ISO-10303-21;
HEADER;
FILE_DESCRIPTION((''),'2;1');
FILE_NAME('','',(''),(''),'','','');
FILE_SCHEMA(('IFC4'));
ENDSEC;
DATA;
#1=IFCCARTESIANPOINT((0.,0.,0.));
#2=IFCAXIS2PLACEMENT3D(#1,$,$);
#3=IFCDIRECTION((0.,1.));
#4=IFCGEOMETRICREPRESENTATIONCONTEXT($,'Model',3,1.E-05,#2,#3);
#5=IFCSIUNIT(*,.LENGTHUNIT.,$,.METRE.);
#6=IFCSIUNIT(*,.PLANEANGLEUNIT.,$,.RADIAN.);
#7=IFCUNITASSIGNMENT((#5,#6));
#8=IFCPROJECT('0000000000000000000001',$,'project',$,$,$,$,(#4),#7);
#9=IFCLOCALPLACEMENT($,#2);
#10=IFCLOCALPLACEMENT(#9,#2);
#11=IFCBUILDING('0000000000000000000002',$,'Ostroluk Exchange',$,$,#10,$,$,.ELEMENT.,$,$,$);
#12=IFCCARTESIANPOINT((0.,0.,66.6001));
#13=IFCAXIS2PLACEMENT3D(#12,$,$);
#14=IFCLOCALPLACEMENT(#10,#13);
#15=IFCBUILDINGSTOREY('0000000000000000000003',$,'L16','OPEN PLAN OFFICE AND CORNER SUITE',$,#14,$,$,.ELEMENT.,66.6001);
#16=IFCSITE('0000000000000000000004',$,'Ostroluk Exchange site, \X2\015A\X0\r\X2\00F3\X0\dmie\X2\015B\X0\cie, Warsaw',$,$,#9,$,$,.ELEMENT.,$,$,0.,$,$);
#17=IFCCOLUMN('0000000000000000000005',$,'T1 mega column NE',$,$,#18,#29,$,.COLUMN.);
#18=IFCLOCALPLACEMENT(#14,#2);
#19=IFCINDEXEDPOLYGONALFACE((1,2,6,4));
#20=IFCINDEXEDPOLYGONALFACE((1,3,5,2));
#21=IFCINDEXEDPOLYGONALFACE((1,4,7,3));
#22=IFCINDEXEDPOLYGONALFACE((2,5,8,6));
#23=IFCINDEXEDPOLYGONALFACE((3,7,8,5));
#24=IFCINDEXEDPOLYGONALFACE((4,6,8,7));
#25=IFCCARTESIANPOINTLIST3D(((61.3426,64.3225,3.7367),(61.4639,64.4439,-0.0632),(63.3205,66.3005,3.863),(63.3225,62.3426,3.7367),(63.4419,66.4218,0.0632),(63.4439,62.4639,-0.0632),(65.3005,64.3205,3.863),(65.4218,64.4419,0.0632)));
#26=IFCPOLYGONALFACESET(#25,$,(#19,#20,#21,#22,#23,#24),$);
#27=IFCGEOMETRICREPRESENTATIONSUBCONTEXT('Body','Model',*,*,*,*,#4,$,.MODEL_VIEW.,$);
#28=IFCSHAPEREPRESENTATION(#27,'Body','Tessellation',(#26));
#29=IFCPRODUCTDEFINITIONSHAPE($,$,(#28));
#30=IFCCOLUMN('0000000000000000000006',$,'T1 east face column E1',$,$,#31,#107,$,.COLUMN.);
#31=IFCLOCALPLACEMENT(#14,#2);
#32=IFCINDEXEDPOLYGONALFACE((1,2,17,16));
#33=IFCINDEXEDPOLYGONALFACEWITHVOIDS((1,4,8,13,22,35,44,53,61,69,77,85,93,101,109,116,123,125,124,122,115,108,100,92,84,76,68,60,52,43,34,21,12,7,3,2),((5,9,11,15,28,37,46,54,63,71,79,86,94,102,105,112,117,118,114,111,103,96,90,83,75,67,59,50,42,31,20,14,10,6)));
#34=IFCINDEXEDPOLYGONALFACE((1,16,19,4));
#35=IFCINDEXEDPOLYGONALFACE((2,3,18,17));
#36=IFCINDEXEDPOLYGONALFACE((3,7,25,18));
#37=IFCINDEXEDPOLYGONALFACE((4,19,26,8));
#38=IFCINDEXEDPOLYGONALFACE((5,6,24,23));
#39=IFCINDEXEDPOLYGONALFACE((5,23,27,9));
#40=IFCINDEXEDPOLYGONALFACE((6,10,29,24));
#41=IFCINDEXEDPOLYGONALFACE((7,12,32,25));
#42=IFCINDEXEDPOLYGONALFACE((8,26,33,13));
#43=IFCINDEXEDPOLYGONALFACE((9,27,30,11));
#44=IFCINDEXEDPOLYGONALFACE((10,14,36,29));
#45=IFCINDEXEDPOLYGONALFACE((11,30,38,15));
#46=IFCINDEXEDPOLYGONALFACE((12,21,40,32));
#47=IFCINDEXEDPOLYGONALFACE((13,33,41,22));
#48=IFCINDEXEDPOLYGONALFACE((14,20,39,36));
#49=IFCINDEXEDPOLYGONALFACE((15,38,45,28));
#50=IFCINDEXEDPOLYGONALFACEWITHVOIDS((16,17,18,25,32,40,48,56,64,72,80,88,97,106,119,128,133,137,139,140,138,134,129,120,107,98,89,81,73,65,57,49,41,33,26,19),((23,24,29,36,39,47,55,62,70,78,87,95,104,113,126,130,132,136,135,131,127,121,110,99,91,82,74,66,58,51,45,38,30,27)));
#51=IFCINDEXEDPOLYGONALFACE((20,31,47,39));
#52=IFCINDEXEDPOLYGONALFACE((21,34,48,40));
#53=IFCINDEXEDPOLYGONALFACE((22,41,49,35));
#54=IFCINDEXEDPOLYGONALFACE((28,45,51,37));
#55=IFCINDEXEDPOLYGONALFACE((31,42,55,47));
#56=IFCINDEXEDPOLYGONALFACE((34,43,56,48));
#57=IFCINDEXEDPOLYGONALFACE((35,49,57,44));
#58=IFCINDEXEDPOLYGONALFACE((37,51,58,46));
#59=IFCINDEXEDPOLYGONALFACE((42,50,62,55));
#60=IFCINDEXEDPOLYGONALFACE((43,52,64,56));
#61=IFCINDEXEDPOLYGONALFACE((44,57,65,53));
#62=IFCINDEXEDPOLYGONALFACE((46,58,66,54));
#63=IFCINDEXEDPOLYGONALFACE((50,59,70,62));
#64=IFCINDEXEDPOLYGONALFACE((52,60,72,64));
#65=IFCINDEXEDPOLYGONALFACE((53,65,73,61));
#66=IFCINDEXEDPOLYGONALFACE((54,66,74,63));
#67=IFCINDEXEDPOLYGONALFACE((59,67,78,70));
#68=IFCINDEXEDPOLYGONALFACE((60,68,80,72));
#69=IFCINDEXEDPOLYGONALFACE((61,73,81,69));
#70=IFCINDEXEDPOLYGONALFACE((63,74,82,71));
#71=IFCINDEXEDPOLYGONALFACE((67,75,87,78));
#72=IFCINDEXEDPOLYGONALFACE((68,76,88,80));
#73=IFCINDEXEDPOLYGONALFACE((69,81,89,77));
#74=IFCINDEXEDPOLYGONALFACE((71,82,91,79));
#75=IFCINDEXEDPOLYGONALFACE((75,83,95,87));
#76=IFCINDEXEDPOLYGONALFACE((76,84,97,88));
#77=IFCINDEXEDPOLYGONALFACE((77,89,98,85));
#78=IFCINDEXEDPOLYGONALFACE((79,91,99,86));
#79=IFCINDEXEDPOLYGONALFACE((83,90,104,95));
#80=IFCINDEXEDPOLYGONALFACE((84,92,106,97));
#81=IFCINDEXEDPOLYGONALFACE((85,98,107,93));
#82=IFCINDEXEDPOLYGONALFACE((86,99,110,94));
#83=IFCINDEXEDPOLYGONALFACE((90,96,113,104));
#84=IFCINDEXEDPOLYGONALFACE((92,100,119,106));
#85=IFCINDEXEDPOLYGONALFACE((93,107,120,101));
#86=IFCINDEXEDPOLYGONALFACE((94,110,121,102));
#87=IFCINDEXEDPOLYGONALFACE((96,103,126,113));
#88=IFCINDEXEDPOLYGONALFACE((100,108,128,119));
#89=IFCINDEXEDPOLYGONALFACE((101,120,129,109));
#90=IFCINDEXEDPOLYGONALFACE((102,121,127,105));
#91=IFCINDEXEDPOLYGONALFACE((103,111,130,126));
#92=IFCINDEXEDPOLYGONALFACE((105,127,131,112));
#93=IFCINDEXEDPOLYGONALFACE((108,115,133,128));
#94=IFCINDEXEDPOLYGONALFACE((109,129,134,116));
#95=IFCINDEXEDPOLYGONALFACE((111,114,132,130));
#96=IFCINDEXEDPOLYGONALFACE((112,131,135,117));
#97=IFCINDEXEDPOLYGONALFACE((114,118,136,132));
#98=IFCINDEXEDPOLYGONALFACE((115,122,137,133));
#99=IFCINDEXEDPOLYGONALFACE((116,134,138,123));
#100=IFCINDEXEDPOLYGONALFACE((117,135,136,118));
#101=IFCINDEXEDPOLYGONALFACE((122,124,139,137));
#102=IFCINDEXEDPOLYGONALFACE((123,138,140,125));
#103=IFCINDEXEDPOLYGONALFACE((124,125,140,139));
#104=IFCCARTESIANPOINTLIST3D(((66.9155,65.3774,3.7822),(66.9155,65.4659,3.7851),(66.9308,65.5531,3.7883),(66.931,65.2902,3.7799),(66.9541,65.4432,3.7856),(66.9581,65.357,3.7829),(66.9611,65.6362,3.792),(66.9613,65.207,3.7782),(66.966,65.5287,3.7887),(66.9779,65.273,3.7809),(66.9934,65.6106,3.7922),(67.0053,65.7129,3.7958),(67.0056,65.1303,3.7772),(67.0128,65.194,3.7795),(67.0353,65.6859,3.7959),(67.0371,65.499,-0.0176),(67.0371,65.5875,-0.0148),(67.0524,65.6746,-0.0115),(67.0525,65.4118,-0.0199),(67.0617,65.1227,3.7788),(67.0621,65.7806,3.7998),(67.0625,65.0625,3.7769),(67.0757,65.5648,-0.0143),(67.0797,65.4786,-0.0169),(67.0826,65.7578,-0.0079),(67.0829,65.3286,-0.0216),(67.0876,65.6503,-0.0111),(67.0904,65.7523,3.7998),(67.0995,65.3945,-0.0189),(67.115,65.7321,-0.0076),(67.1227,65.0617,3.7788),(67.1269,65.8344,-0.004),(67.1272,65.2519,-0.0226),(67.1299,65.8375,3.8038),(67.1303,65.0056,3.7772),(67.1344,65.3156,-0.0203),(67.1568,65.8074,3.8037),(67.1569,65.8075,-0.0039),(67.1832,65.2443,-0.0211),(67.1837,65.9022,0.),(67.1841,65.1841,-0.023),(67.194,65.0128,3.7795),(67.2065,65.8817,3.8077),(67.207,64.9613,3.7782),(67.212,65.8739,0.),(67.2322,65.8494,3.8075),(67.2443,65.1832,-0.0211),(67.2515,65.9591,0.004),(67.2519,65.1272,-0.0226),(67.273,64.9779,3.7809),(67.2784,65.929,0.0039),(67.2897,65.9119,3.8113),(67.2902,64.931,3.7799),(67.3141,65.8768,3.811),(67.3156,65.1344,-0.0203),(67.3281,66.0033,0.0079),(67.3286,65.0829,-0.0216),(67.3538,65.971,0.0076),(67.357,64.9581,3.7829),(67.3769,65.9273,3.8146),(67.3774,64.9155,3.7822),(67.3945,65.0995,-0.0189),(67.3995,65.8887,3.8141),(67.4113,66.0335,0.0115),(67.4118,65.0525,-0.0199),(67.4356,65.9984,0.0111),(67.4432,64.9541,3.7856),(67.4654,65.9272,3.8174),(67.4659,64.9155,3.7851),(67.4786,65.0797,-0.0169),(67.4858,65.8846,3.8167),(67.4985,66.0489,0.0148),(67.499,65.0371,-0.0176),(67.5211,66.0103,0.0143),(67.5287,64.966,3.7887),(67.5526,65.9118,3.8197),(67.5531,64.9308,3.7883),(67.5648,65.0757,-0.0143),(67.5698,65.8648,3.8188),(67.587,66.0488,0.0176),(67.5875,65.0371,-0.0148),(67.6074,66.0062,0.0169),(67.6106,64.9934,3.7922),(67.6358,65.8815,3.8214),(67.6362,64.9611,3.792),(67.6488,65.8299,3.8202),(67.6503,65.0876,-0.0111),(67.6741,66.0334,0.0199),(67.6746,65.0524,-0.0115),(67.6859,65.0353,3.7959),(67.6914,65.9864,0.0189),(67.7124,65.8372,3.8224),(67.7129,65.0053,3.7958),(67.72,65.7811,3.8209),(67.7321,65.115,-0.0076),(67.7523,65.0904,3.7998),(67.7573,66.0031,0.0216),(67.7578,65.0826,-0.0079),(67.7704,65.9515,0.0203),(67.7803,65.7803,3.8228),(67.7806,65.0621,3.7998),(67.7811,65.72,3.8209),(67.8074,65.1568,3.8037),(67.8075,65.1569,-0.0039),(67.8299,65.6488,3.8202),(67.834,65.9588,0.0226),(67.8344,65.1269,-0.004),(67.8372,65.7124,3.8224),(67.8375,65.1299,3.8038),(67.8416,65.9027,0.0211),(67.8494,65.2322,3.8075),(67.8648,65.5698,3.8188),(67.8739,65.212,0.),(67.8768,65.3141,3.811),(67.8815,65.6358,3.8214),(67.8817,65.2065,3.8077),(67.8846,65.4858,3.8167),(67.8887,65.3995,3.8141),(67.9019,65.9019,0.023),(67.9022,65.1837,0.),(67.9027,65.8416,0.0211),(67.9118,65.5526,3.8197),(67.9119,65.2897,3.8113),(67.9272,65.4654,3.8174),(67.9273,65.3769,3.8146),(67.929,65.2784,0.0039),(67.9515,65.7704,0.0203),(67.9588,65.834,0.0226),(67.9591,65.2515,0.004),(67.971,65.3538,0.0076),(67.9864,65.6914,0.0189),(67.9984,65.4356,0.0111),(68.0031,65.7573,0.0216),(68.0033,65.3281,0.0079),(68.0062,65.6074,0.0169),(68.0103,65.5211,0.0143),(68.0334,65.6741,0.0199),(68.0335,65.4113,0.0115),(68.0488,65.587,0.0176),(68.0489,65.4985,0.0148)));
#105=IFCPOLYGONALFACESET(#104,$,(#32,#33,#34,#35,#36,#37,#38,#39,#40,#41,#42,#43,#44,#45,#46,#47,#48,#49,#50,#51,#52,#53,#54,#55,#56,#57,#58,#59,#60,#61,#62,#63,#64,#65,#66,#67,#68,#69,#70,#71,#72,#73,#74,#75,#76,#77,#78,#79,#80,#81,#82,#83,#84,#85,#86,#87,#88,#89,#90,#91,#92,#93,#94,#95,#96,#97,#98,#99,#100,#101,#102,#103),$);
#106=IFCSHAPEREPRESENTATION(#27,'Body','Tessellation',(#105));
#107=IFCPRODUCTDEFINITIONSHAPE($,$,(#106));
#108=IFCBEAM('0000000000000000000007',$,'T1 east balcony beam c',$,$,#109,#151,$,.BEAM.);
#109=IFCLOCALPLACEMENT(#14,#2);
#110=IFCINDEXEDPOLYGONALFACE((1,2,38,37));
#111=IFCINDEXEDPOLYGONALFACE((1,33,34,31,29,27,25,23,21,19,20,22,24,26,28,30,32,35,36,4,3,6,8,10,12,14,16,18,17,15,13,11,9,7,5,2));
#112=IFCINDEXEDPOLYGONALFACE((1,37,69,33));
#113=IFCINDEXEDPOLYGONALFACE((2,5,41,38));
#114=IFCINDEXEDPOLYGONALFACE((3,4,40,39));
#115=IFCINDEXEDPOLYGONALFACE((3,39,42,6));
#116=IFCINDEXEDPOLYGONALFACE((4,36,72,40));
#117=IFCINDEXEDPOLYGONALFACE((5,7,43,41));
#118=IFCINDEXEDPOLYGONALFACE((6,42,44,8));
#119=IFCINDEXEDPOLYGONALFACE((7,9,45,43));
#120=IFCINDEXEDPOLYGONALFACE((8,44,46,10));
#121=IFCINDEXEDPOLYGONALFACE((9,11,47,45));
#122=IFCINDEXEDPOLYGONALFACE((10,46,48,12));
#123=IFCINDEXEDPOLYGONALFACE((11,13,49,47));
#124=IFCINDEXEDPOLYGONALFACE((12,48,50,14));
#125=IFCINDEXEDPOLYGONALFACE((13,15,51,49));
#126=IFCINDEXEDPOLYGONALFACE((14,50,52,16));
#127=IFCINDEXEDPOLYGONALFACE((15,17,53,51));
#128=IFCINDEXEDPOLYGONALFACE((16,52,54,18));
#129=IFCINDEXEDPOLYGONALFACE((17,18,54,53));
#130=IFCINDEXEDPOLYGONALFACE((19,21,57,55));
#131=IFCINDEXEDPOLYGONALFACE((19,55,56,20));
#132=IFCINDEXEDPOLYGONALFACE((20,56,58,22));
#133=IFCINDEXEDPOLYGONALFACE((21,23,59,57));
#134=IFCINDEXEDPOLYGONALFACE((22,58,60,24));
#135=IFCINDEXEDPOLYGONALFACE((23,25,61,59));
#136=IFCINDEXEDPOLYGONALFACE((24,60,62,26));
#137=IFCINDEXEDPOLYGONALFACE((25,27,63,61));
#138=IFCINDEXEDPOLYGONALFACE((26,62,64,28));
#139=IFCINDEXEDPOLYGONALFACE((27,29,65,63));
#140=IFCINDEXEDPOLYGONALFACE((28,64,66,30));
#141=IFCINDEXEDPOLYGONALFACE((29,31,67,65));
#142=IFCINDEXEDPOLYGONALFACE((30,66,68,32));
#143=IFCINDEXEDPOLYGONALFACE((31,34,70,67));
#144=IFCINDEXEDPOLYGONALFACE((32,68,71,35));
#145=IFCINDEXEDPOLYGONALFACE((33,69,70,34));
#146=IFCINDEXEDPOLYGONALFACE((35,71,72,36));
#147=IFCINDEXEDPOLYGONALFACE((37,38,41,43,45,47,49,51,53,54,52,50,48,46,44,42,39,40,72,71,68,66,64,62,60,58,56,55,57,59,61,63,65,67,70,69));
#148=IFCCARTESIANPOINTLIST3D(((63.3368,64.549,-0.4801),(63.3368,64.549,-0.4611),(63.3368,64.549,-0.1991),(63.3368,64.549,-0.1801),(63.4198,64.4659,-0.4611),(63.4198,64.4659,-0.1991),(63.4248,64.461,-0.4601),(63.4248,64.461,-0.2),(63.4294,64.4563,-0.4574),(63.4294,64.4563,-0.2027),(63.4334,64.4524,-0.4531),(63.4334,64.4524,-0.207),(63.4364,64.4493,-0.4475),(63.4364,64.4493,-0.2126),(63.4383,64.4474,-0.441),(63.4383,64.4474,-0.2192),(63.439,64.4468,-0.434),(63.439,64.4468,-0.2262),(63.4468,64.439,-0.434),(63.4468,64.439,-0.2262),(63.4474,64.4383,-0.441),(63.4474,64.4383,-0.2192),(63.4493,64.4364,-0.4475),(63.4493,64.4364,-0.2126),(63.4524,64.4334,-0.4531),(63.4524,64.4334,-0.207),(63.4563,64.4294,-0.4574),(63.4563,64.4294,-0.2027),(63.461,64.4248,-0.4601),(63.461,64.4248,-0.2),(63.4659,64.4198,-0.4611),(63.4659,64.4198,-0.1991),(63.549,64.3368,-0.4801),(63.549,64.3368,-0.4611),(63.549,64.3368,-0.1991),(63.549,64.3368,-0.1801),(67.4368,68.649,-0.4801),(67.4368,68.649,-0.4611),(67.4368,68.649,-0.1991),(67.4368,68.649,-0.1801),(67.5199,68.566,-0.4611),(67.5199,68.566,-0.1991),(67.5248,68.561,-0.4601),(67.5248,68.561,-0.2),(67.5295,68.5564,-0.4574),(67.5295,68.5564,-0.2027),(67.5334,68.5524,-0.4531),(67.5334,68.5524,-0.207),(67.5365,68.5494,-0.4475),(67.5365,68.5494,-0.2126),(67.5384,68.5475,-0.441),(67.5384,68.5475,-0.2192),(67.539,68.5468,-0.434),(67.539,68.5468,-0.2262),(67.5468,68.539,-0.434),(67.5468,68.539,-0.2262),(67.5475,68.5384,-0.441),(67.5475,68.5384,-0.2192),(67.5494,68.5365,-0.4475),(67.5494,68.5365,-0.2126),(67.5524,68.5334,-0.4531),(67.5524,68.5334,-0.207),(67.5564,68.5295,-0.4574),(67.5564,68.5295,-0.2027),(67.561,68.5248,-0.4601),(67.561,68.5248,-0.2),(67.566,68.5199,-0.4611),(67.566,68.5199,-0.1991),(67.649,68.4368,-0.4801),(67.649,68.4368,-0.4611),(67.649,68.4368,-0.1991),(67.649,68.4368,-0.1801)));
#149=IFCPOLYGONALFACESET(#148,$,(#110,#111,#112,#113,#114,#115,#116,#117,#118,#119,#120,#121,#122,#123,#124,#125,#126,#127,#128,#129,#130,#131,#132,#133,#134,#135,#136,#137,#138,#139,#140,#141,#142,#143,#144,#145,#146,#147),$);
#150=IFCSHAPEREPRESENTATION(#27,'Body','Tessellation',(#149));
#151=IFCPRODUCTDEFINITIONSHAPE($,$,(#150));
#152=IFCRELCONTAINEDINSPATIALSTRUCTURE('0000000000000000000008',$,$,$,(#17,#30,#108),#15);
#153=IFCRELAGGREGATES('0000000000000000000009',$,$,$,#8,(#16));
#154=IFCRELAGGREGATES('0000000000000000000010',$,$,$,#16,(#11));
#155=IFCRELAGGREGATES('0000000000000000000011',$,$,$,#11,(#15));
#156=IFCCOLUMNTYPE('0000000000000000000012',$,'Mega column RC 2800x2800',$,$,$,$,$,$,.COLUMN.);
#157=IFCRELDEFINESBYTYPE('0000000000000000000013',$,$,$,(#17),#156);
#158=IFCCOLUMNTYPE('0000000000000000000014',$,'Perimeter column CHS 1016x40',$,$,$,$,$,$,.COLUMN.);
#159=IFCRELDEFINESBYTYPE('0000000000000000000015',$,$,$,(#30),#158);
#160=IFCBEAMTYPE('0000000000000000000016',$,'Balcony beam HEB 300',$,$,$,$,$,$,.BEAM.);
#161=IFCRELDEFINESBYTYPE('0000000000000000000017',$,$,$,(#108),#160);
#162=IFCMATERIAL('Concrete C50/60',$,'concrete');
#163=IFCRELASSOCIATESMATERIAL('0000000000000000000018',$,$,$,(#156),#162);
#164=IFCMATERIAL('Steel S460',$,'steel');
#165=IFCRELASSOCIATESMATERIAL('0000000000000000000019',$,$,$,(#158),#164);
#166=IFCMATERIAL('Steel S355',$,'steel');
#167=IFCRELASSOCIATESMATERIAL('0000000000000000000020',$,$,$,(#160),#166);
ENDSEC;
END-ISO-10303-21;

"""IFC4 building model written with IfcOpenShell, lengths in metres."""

from ifc_helpers import new_model, si_unit, direction, frame, origin, origin_2d, place, context, subcontext, project, spatial, rectangle, hollow_circle, i_section, extrude, material, material_profile, profile_set, type_object, element, save


model = new_model("IFC4")

# Units and contexts
model_context = context("Model", 3, precision=1e-05, world=origin(), true_north=direction((0.0, 1.0)))
body_context = subcontext(model_context, "Body", "Model", "MODEL_VIEW")
ifc_project = project(units=[si_unit("LENGTHUNIT", "METRE"), si_unit("PLANEANGLEUNIT", "RADIAN")], contexts=[model_context])

# Site, building, storey
site_placement = place(None, origin())
site = spatial("IfcSite", under=ifc_project, at=site_placement, Name="Ostroluk Exchange site, Śródmieście, Warsaw", CompositionType="ELEMENT", RefElevation=0.0)
building_placement = place(site_placement, origin())
building = spatial("IfcBuilding", under=site, at=building_placement, Name="Ostroluk Exchange", CompositionType="ELEMENT")
storey_placement = place(building_placement, frame((0.0, 0.0, 66.6001)))
storey = spatial("IfcBuildingStorey", under=building, at=storey_placement, Name="L16", Description="OPEN PLAN OFFICE AND CORNER SUITE", CompositionType="ELEMENT", Elevation=66.6001)

# Columns
ifc_material_1 = material(Name="Concrete C50/60", Category="concrete")
ifc_material_profile_1 = material_profile(ifc_material_1, rectangle(XDim=2.8, YDim=2.8, at=origin_2d()), Name="RC 2800x2800")
ifc_profile_set_1 = profile_set([ifc_material_profile_1], Name="Concrete C50/60")
column_type_1 = type_object("IfcColumnType", Name="Mega column RC 2800x2800", PredefinedType="COLUMN", material=ifc_profile_set_1)
column_1_placement = place(storey_placement, frame((63.4429, 64.4429, 0.0), z_axis=(-0.0319, -0.0319, 0.998982), x_axis=(0.707107, -0.707107, 0.0)))
element("IfcColumn", 1, at=column_1_placement, inside=storey, type_object=column_type_1, Name="T1 mega column NE", PredefinedType="COLUMN", context=body_context, shape_type="SweptSolid", body=[
    extrude(rectangle(XDim=2.8, YDim=2.8, at=origin_2d()), origin(), (0.0, 0.0, 1.0), 3.8037),
])
ifc_material_2 = material(Name="Steel S460", Category="steel")
ifc_material_profile_2 = material_profile(ifc_material_2, hollow_circle(Radius=0.5081, WallThickness=0.04, at=origin_2d()), Name="CHS 1016x40")
ifc_profile_set_2 = profile_set([ifc_material_profile_2], Name="Steel S460")
column_type_2 = type_object("IfcColumnType", Name="Perimeter column CHS 1016x40", PredefinedType="COLUMN", material=ifc_profile_set_2)
column_2_placement = place(storey_placement, frame((67.543, 65.543, 0.0), z_axis=(-0.031964, -0.031964, 0.998978), x_axis=(0.707107, -0.707107, 0.0)))
element("IfcColumn", 2, at=column_2_placement, inside=storey, type_object=column_type_2, Name="T1 east face column E1", PredefinedType="COLUMN", context=body_context, shape_type="SweptSolid", body=[
    extrude(hollow_circle(Radius=0.5081, WallThickness=0.04, at=origin_2d()), origin(), (0.0, 0.0, 1.0), 3.8037),
])

# Beam
ifc_material_3 = material(Name="Steel S355", Category="steel")
ifc_material_profile_3 = material_profile(ifc_material_3, i_section(OverallWidth=0.3, OverallDepth=0.3, WebThickness=0.011, FlangeThickness=0.019, FilletRadius=0.0271, at=origin_2d()), Name="HEB 300")
ifc_profile_set_3 = profile_set([ifc_material_profile_3], Name="Steel S355")
beam_type_1 = type_object("IfcBeamType", Name="Balcony beam HEB 300", PredefinedType="BEAM", material=ifc_profile_set_3)
beam_1_placement = place(storey_placement, frame((63.4429, 64.4429, -0.3301), z_axis=(0.707107, 0.707107, 0.0), x_axis=(-0.707107, 0.707107, 0.0)))
element("IfcBeam", 3, at=beam_1_placement, inside=storey, type_object=beam_type_1, Name="T1 east balcony beam c", PredefinedType="BEAM", context=body_context, shape_type="SweptSolid", body=[
    extrude(i_section(OverallWidth=0.3, OverallDepth=0.3, WebThickness=0.011, FlangeThickness=0.019, FilletRadius=0.0271, at=origin_2d()), origin(), (0.0, 0.0, 1.0), 5.7983),
])

save(model, "model.ifc")
